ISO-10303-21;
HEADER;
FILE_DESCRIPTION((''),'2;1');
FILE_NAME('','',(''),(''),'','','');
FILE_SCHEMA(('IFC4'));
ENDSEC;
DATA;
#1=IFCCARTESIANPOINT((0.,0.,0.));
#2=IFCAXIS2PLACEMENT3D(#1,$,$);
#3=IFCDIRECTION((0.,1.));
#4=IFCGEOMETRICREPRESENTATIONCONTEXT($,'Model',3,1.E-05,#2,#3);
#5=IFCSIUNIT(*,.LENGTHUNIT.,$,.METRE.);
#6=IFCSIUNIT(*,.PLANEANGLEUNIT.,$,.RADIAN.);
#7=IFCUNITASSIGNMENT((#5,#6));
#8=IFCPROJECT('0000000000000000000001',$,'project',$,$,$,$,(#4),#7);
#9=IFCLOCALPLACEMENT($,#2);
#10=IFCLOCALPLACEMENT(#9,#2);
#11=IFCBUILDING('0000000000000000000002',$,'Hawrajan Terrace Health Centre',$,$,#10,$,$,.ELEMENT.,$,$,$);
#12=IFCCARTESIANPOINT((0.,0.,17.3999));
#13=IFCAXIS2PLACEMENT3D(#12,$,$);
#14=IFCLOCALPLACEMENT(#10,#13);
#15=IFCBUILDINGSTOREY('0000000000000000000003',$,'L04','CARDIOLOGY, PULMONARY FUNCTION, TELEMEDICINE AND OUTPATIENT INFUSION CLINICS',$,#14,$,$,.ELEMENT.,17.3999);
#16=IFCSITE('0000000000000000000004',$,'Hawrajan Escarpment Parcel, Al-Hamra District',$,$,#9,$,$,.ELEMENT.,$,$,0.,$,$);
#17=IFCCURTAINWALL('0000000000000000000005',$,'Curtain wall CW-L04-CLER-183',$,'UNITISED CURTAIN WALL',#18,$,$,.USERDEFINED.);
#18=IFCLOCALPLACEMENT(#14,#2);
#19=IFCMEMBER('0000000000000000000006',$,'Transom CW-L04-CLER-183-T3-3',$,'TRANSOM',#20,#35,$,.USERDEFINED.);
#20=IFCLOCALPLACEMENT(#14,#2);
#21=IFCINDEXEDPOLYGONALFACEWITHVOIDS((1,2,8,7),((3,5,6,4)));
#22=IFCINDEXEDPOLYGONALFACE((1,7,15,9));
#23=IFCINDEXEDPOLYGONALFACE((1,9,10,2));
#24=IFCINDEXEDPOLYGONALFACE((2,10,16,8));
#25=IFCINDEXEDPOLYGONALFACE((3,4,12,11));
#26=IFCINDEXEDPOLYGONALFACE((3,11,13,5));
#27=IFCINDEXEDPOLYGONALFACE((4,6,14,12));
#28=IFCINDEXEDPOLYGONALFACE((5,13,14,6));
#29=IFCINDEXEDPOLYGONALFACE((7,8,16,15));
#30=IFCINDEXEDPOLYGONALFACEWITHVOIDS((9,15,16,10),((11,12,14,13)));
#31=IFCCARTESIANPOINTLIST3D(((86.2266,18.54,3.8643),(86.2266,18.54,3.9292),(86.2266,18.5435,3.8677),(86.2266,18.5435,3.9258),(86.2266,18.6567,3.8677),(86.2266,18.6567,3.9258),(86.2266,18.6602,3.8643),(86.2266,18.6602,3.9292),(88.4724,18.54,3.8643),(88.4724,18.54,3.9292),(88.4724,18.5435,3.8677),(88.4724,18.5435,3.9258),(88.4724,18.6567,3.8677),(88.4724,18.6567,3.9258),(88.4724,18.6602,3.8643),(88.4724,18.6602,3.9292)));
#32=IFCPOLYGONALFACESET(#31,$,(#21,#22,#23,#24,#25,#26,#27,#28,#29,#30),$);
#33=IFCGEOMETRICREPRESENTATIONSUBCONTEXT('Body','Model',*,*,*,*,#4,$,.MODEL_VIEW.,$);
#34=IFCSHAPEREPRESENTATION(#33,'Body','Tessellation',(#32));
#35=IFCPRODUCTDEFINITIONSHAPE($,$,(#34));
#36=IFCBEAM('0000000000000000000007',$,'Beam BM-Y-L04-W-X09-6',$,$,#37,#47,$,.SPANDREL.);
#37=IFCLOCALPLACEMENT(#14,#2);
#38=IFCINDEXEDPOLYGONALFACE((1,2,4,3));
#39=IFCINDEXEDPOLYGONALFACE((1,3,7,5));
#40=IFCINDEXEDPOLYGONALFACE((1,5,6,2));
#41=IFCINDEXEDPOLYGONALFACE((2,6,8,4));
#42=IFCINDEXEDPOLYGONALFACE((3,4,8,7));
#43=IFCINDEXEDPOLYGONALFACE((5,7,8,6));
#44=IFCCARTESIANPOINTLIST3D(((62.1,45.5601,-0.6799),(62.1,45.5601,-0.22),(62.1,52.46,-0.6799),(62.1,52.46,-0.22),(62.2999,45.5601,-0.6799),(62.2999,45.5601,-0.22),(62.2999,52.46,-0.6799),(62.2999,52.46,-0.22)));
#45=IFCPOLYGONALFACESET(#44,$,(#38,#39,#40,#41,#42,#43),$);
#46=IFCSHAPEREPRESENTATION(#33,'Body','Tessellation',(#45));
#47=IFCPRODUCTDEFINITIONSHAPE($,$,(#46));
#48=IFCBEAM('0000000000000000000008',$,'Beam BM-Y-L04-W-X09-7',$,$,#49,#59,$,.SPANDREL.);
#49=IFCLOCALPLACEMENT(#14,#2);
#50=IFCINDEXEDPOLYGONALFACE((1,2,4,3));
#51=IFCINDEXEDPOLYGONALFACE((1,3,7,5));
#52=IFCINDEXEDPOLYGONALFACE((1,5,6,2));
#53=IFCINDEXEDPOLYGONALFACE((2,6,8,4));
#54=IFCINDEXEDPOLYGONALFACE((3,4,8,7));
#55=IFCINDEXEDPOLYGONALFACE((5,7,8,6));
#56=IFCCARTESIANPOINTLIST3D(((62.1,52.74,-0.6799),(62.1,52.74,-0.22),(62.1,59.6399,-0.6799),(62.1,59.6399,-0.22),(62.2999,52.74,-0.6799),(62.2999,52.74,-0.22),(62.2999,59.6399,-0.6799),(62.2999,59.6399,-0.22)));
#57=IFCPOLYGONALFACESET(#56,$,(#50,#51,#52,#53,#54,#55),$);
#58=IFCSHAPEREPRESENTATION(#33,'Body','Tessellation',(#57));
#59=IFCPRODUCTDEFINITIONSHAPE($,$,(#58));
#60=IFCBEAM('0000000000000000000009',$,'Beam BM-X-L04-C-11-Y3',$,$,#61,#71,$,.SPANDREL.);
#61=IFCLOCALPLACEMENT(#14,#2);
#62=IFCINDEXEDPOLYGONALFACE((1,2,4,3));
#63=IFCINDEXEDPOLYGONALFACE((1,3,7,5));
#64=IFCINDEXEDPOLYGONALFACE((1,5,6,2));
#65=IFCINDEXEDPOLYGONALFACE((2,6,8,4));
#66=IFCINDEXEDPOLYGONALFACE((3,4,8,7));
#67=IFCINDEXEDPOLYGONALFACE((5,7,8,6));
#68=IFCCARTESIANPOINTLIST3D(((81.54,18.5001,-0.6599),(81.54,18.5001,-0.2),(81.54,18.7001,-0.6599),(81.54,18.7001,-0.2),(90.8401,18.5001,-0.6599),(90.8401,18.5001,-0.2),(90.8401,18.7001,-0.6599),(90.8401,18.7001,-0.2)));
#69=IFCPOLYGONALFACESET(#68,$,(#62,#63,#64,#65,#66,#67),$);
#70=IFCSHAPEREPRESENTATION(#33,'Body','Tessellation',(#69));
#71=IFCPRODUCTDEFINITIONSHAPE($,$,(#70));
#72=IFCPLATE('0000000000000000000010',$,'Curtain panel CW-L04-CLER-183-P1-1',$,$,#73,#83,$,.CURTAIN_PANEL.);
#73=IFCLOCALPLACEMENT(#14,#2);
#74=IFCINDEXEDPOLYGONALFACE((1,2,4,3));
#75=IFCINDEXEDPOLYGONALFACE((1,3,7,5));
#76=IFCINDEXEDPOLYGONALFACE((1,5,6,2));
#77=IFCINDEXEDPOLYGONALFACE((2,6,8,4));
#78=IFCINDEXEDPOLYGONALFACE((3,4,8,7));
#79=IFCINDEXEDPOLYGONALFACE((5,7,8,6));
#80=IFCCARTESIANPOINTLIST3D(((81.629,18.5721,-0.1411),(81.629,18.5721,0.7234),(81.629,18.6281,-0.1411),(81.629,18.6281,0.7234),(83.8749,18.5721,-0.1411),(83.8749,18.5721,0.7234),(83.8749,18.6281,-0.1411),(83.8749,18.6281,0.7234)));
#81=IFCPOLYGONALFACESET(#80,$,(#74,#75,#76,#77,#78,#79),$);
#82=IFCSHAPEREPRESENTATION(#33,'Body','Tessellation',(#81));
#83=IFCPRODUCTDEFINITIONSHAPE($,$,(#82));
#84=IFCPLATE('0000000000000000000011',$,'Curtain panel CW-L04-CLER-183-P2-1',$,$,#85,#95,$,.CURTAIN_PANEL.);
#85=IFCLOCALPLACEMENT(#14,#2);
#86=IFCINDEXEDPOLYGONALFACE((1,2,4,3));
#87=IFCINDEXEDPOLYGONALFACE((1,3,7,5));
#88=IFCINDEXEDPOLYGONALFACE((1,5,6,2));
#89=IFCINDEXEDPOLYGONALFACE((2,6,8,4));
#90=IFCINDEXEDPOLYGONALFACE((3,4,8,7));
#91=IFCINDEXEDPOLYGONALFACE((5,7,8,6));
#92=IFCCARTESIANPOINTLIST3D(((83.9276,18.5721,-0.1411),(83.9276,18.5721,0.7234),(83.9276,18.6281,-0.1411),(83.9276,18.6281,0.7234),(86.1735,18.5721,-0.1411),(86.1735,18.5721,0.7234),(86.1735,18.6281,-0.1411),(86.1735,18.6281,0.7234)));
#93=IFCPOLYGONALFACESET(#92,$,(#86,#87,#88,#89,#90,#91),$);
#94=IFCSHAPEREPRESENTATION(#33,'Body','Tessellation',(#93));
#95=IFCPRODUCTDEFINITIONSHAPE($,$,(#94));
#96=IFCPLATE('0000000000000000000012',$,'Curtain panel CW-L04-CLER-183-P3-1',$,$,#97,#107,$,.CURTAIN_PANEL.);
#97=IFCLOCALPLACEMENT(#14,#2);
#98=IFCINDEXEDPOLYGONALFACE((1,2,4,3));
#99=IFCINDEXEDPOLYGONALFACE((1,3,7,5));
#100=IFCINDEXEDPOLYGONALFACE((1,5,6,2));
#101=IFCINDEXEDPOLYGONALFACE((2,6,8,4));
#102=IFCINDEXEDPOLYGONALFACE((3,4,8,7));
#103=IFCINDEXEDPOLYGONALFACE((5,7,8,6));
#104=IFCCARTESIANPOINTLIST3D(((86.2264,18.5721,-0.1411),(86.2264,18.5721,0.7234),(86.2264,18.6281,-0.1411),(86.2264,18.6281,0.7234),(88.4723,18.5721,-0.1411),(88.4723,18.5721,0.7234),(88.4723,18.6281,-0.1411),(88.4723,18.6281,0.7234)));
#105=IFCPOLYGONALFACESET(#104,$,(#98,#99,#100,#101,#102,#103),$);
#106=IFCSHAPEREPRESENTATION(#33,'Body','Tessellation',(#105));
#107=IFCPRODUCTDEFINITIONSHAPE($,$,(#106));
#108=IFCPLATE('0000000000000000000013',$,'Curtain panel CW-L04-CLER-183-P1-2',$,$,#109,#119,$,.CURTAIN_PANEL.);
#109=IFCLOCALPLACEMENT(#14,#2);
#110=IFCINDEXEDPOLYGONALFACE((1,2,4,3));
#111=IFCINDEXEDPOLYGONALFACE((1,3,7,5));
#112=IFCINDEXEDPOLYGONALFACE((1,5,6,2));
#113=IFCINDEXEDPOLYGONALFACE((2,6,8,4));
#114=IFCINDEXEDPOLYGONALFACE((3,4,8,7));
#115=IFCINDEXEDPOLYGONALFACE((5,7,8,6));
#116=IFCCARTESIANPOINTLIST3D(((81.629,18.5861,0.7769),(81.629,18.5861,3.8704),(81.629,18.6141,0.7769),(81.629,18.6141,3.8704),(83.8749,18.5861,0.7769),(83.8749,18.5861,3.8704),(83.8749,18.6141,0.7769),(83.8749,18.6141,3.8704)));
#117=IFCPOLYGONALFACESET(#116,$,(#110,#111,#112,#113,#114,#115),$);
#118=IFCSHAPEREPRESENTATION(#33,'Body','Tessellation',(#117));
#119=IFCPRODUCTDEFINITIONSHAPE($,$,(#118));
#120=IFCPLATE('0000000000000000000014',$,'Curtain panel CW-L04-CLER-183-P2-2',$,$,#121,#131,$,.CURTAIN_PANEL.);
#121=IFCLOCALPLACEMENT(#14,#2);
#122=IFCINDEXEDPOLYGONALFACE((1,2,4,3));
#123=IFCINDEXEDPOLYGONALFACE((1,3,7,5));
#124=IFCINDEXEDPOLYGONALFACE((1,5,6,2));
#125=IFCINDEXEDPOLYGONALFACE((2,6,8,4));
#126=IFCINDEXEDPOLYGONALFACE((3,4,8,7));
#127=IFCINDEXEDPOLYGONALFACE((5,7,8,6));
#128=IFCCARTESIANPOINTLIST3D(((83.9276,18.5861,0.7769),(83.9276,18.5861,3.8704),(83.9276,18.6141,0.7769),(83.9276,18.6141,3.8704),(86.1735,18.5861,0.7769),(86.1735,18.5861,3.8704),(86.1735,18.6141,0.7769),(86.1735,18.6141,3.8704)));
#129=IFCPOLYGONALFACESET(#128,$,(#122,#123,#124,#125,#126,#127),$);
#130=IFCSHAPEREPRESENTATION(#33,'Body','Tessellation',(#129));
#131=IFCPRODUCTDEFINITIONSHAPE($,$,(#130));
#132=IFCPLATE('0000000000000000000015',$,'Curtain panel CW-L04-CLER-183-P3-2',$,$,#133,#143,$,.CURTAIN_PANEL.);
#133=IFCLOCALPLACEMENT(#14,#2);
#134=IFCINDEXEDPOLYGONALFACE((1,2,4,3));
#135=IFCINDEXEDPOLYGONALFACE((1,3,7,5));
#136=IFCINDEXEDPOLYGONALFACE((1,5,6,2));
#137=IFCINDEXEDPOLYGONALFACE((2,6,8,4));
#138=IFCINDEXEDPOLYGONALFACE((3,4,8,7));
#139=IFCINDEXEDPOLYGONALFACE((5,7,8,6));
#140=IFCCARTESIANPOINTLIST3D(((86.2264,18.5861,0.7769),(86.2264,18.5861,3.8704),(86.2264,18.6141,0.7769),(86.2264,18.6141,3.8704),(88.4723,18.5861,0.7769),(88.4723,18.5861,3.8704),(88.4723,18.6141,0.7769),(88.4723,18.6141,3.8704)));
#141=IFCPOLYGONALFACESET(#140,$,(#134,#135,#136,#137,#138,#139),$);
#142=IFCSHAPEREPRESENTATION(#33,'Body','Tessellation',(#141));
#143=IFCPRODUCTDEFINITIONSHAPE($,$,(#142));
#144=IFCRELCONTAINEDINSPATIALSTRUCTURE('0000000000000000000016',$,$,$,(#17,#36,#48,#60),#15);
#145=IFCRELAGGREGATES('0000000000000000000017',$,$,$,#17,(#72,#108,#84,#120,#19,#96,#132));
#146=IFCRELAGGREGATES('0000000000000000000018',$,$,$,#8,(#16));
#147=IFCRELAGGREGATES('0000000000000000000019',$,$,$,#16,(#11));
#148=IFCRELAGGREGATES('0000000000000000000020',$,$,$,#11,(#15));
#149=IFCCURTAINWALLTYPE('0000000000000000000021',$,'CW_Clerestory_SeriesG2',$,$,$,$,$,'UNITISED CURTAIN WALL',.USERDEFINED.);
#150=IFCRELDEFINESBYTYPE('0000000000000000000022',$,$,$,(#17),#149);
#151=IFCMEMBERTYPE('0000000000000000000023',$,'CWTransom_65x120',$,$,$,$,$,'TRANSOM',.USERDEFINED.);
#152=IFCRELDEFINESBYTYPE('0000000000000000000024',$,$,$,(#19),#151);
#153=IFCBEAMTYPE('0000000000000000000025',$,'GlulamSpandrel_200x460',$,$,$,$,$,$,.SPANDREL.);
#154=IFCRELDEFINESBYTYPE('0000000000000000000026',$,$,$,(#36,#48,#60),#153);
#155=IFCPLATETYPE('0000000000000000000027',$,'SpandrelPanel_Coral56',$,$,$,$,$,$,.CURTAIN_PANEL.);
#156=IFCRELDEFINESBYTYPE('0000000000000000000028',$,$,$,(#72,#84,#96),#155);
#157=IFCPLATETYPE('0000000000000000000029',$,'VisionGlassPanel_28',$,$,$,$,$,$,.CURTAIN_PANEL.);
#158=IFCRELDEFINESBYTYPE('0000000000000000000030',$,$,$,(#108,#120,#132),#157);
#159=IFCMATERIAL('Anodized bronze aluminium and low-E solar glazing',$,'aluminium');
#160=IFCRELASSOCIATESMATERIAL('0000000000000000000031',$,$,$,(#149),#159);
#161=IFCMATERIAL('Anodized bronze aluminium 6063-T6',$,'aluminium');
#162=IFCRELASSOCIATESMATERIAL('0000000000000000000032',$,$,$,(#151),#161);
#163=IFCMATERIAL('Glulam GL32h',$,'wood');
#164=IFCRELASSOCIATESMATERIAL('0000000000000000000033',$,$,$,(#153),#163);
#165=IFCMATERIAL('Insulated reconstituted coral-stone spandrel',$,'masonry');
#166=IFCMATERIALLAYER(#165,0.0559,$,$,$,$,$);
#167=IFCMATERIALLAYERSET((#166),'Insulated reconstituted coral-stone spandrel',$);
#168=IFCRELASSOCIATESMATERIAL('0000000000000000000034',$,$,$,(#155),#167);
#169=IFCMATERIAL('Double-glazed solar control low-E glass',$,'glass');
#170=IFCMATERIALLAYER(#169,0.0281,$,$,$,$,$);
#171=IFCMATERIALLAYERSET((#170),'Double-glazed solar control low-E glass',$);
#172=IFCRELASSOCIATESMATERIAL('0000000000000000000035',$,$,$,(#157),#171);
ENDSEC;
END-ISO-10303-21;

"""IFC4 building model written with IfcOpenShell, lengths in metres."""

from ifc_helpers import new_model, si_unit, direction, frame, origin, origin_2d, place, context, subcontext, project, spatial, rectangle, hollow_rectangle, extrude, material, layer, layer_set, material_profile, profile_set, type_object, element, aggregate, save


model = new_model("IFC4")

# Units and contexts
model_context = context("Model", 3, precision=1e-05, world=origin(), true_north=direction((0.0, 1.0)))
body_context = subcontext(model_context, "Body", "Model", "MODEL_VIEW")
ifc_project = project(units=[si_unit("LENGTHUNIT", "METRE"), si_unit("PLANEANGLEUNIT", "RADIAN")], contexts=[model_context])

# Site, building, storey
site_placement = place(None, origin())
site = spatial("IfcSite", under=ifc_project, at=site_placement, Name="Hawrajan Escarpment Parcel, Al-Hamra District", CompositionType="ELEMENT", RefElevation=0.0)
building_placement = place(site_placement, origin())
building = spatial("IfcBuilding", under=site, at=building_placement, Name="Hawrajan Terrace Health Centre", CompositionType="ELEMENT")
storey_placement = place(building_placement, frame((0.0, 0.0, 17.3999)))
storey = spatial("IfcBuildingStorey", under=building, at=storey_placement, Name="L04", Description="CARDIOLOGY, PULMONARY FUNCTION, TELEMEDICINE AND OUTPATIENT INFUSION CLINICS", CompositionType="ELEMENT", Elevation=17.3999)

# Curtain wall, member
ifc_material_1 = material(Name="Anodized bronze aluminium and low-E solar glazing", Category="aluminium")
curtain_wall_type = type_object("IfcCurtainWallType", Name="CW_Clerestory_SeriesG2", ElementType="UNITISED CURTAIN WALL", PredefinedType="USERDEFINED", material=ifc_material_1)
curtain_wall_placement = place(storey_placement, origin())
curtain_wall = element("IfcCurtainWall", 1, at=curtain_wall_placement, inside=storey, type_object=curtain_wall_type, Name="Curtain wall CW-L04-CLER-183", ObjectType="UNITISED CURTAIN WALL", PredefinedType="USERDEFINED")
ifc_material_2 = material(Name="Anodized bronze aluminium 6063-T6", Category="aluminium")
ifc_material_profile_1 = material_profile(ifc_material_2, hollow_rectangle(XDim=0.0649, YDim=0.1201, WallThickness=0.0034, at=origin_2d()), Name="CW TRN 65x120")
ifc_profile_set_1 = profile_set([ifc_material_profile_1], Name="Anodized bronze aluminium 6063-T6")
member_type_1 = type_object("IfcMemberType", Name="CWTransom_65x120", ElementType="TRANSOM", PredefinedType="USERDEFINED", material=ifc_profile_set_1)
member_1_placement = place(storey_placement, frame((86.2266, 18.6001, 3.8967), z_axis=(1.0, 0.0, 0.0), x_axis=(0.0, 0.0, 1.0)))
member_1 = element("IfcMember", 2, at=member_1_placement, type_object=member_type_1, Name="Transom CW-L04-CLER-183-T3-3", ObjectType="TRANSOM", PredefinedType="USERDEFINED", context=body_context, shape_type="SweptSolid", body=[
    extrude(hollow_rectangle(XDim=0.0649, YDim=0.1201, WallThickness=0.0034, at=origin_2d()), origin(), (0.0, 0.0, 1.0), 2.2458),
])

# Beams
ifc_material_3 = material(Name="Glulam GL32h", Category="wood")
ifc_material_profile_2 = material_profile(ifc_material_3, rectangle(XDim=0.2, YDim=0.46, at=origin_2d()), Name="GL SP 200x460")
ifc_profile_set_2 = profile_set([ifc_material_profile_2], Name="Glulam GL32h")
beam_type = type_object("IfcBeamType", Name="GlulamSpandrel_200x460", PredefinedType="SPANDREL", material=ifc_profile_set_2)
for number, where, z_axis, x_axis, name in (
    (3, (62.2, 45.5601, -0.45), (0.0, 1.0, 0.0), (-1.0, 0.0, 0.0), "Beam BM-Y-L04-W-X09-6"),
    (4, (62.2, 52.74, -0.45), (0.0, 1.0, 0.0), (-1.0, 0.0, 0.0), "Beam BM-Y-L04-W-X09-7"),
):
    element("IfcBeam", number, at=place(storey_placement, frame(where, z_axis=z_axis, x_axis=x_axis)), inside=storey, type_object=beam_type, Name=name, PredefinedType="SPANDREL", context=body_context, shape_type="SweptSolid", body=[
        extrude(rectangle(XDim=0.2, YDim=0.46, at=origin_2d()), origin(), (0.0, 0.0, 1.0), 6.8999),
    ])
beam_placement = place(storey_placement, frame((81.54, 18.6001, -0.4299), z_axis=(1.0, 0.0, 0.0), x_axis=(0.0, 1.0, 0.0)))
element("IfcBeam", 5, at=beam_placement, inside=storey, type_object=beam_type, Name="Beam BM-X-L04-C-11-Y3", PredefinedType="SPANDREL", context=body_context, shape_type="SweptSolid", body=[
    extrude(rectangle(XDim=0.2, YDim=0.46, at=origin_2d()), origin(), (0.0, 0.0, 1.0), 9.3),
])

# Plates
ifc_material_4 = material(Name="Insulated reconstituted coral-stone spandrel", Category="masonry")
ifc_layer_1 = layer(ifc_material_4, 0.0559)
ifc_layer_set_1 = layer_set([ifc_layer_1], Name="Insulated reconstituted coral-stone spandrel")
plate_type_1 = type_object("IfcPlateType", Name="SpandrelPanel_Coral56", PredefinedType="CURTAIN_PANEL", material=ifc_layer_set_1)
plate_1_placement = place(storey_placement, frame((82.752, 18.6001, -0.1411), z_axis=(0.0, 0.0, 1.0), x_axis=(1.0, 0.0, 0.0)))
plate_1 = element("IfcPlate", 6, at=plate_1_placement, type_object=plate_type_1, Name="Curtain panel CW-L04-CLER-183-P1-1", PredefinedType="CURTAIN_PANEL", context=body_context, shape_type="SweptSolid", body=[
    extrude(rectangle(XDim=2.2458, YDim=0.0559, at=origin_2d()), origin(), (0.0, 0.0, 1.0), 0.8645),
])
plate_2_placement = place(storey_placement, frame((85.0505, 18.6001, -0.1411), z_axis=(0.0, 0.0, 1.0), x_axis=(1.0, 0.0, 0.0)))
plate_2 = element("IfcPlate", 7, at=plate_2_placement, type_object=plate_type_1, Name="Curtain panel CW-L04-CLER-183-P2-1", PredefinedType="CURTAIN_PANEL", context=body_context, shape_type="SweptSolid", body=[
    extrude(rectangle(XDim=2.2458, YDim=0.0559, at=origin_2d()), origin(), (0.0, 0.0, 1.0), 0.8645),
])
plate_3_placement = place(storey_placement, frame((87.3494, 18.6001, -0.1411), z_axis=(0.0, 0.0, 1.0), x_axis=(1.0, 0.0, 0.0)))
plate_3 = element("IfcPlate", 8, at=plate_3_placement, type_object=plate_type_1, Name="Curtain panel CW-L04-CLER-183-P3-1", PredefinedType="CURTAIN_PANEL", context=body_context, shape_type="SweptSolid", body=[
    extrude(rectangle(XDim=2.2458, YDim=0.0559, at=origin_2d()), origin(), (0.0, 0.0, 1.0), 0.8645),
])
ifc_material_5 = material(Name="Double-glazed solar control low-E glass", Category="glass")
ifc_layer_2 = layer(ifc_material_5, 0.0281)
ifc_layer_set_2 = layer_set([ifc_layer_2], Name="Double-glazed solar control low-E glass")
plate_type_2 = type_object("IfcPlateType", Name="VisionGlassPanel_28", PredefinedType="CURTAIN_PANEL", material=ifc_layer_set_2)
plate_4_placement = place(storey_placement, frame((82.752, 18.6001, 0.7769), z_axis=(0.0, 0.0, 1.0), x_axis=(1.0, 0.0, 0.0)))
plate_4 = element("IfcPlate", 9, at=plate_4_placement, type_object=plate_type_2, Name="Curtain panel CW-L04-CLER-183-P1-2", PredefinedType="CURTAIN_PANEL", context=body_context, shape_type="SweptSolid", body=[
    extrude(rectangle(XDim=2.2458, YDim=0.0281, at=origin_2d()), origin(), (0.0, 0.0, 1.0), 3.0935),
])
plate_5_placement = place(storey_placement, frame((85.0505, 18.6001, 0.7769), z_axis=(0.0, 0.0, 1.0), x_axis=(1.0, 0.0, 0.0)))
plate_5 = element("IfcPlate", 10, at=plate_5_placement, type_object=plate_type_2, Name="Curtain panel CW-L04-CLER-183-P2-2", PredefinedType="CURTAIN_PANEL", context=body_context, shape_type="SweptSolid", body=[
    extrude(rectangle(XDim=2.2458, YDim=0.0281, at=origin_2d()), origin(), (0.0, 0.0, 1.0), 3.0935),
])
plate_6_placement = place(storey_placement, frame((87.3494, 18.6001, 0.7769), z_axis=(0.0, 0.0, 1.0), x_axis=(1.0, 0.0, 0.0)))
plate_6 = element("IfcPlate", 11, at=plate_6_placement, type_object=plate_type_2, Name="Curtain panel CW-L04-CLER-183-P3-2", PredefinedType="CURTAIN_PANEL", context=body_context, shape_type="SweptSolid", body=[
    extrude(rectangle(XDim=2.2458, YDim=0.0281, at=origin_2d()), origin(), (0.0, 0.0, 1.0), 3.0935),
])
aggregate(curtain_wall, [plate_1, plate_4, plate_2, plate_5, member_1, plate_3, plate_6])

save(model, "model.ifc")
